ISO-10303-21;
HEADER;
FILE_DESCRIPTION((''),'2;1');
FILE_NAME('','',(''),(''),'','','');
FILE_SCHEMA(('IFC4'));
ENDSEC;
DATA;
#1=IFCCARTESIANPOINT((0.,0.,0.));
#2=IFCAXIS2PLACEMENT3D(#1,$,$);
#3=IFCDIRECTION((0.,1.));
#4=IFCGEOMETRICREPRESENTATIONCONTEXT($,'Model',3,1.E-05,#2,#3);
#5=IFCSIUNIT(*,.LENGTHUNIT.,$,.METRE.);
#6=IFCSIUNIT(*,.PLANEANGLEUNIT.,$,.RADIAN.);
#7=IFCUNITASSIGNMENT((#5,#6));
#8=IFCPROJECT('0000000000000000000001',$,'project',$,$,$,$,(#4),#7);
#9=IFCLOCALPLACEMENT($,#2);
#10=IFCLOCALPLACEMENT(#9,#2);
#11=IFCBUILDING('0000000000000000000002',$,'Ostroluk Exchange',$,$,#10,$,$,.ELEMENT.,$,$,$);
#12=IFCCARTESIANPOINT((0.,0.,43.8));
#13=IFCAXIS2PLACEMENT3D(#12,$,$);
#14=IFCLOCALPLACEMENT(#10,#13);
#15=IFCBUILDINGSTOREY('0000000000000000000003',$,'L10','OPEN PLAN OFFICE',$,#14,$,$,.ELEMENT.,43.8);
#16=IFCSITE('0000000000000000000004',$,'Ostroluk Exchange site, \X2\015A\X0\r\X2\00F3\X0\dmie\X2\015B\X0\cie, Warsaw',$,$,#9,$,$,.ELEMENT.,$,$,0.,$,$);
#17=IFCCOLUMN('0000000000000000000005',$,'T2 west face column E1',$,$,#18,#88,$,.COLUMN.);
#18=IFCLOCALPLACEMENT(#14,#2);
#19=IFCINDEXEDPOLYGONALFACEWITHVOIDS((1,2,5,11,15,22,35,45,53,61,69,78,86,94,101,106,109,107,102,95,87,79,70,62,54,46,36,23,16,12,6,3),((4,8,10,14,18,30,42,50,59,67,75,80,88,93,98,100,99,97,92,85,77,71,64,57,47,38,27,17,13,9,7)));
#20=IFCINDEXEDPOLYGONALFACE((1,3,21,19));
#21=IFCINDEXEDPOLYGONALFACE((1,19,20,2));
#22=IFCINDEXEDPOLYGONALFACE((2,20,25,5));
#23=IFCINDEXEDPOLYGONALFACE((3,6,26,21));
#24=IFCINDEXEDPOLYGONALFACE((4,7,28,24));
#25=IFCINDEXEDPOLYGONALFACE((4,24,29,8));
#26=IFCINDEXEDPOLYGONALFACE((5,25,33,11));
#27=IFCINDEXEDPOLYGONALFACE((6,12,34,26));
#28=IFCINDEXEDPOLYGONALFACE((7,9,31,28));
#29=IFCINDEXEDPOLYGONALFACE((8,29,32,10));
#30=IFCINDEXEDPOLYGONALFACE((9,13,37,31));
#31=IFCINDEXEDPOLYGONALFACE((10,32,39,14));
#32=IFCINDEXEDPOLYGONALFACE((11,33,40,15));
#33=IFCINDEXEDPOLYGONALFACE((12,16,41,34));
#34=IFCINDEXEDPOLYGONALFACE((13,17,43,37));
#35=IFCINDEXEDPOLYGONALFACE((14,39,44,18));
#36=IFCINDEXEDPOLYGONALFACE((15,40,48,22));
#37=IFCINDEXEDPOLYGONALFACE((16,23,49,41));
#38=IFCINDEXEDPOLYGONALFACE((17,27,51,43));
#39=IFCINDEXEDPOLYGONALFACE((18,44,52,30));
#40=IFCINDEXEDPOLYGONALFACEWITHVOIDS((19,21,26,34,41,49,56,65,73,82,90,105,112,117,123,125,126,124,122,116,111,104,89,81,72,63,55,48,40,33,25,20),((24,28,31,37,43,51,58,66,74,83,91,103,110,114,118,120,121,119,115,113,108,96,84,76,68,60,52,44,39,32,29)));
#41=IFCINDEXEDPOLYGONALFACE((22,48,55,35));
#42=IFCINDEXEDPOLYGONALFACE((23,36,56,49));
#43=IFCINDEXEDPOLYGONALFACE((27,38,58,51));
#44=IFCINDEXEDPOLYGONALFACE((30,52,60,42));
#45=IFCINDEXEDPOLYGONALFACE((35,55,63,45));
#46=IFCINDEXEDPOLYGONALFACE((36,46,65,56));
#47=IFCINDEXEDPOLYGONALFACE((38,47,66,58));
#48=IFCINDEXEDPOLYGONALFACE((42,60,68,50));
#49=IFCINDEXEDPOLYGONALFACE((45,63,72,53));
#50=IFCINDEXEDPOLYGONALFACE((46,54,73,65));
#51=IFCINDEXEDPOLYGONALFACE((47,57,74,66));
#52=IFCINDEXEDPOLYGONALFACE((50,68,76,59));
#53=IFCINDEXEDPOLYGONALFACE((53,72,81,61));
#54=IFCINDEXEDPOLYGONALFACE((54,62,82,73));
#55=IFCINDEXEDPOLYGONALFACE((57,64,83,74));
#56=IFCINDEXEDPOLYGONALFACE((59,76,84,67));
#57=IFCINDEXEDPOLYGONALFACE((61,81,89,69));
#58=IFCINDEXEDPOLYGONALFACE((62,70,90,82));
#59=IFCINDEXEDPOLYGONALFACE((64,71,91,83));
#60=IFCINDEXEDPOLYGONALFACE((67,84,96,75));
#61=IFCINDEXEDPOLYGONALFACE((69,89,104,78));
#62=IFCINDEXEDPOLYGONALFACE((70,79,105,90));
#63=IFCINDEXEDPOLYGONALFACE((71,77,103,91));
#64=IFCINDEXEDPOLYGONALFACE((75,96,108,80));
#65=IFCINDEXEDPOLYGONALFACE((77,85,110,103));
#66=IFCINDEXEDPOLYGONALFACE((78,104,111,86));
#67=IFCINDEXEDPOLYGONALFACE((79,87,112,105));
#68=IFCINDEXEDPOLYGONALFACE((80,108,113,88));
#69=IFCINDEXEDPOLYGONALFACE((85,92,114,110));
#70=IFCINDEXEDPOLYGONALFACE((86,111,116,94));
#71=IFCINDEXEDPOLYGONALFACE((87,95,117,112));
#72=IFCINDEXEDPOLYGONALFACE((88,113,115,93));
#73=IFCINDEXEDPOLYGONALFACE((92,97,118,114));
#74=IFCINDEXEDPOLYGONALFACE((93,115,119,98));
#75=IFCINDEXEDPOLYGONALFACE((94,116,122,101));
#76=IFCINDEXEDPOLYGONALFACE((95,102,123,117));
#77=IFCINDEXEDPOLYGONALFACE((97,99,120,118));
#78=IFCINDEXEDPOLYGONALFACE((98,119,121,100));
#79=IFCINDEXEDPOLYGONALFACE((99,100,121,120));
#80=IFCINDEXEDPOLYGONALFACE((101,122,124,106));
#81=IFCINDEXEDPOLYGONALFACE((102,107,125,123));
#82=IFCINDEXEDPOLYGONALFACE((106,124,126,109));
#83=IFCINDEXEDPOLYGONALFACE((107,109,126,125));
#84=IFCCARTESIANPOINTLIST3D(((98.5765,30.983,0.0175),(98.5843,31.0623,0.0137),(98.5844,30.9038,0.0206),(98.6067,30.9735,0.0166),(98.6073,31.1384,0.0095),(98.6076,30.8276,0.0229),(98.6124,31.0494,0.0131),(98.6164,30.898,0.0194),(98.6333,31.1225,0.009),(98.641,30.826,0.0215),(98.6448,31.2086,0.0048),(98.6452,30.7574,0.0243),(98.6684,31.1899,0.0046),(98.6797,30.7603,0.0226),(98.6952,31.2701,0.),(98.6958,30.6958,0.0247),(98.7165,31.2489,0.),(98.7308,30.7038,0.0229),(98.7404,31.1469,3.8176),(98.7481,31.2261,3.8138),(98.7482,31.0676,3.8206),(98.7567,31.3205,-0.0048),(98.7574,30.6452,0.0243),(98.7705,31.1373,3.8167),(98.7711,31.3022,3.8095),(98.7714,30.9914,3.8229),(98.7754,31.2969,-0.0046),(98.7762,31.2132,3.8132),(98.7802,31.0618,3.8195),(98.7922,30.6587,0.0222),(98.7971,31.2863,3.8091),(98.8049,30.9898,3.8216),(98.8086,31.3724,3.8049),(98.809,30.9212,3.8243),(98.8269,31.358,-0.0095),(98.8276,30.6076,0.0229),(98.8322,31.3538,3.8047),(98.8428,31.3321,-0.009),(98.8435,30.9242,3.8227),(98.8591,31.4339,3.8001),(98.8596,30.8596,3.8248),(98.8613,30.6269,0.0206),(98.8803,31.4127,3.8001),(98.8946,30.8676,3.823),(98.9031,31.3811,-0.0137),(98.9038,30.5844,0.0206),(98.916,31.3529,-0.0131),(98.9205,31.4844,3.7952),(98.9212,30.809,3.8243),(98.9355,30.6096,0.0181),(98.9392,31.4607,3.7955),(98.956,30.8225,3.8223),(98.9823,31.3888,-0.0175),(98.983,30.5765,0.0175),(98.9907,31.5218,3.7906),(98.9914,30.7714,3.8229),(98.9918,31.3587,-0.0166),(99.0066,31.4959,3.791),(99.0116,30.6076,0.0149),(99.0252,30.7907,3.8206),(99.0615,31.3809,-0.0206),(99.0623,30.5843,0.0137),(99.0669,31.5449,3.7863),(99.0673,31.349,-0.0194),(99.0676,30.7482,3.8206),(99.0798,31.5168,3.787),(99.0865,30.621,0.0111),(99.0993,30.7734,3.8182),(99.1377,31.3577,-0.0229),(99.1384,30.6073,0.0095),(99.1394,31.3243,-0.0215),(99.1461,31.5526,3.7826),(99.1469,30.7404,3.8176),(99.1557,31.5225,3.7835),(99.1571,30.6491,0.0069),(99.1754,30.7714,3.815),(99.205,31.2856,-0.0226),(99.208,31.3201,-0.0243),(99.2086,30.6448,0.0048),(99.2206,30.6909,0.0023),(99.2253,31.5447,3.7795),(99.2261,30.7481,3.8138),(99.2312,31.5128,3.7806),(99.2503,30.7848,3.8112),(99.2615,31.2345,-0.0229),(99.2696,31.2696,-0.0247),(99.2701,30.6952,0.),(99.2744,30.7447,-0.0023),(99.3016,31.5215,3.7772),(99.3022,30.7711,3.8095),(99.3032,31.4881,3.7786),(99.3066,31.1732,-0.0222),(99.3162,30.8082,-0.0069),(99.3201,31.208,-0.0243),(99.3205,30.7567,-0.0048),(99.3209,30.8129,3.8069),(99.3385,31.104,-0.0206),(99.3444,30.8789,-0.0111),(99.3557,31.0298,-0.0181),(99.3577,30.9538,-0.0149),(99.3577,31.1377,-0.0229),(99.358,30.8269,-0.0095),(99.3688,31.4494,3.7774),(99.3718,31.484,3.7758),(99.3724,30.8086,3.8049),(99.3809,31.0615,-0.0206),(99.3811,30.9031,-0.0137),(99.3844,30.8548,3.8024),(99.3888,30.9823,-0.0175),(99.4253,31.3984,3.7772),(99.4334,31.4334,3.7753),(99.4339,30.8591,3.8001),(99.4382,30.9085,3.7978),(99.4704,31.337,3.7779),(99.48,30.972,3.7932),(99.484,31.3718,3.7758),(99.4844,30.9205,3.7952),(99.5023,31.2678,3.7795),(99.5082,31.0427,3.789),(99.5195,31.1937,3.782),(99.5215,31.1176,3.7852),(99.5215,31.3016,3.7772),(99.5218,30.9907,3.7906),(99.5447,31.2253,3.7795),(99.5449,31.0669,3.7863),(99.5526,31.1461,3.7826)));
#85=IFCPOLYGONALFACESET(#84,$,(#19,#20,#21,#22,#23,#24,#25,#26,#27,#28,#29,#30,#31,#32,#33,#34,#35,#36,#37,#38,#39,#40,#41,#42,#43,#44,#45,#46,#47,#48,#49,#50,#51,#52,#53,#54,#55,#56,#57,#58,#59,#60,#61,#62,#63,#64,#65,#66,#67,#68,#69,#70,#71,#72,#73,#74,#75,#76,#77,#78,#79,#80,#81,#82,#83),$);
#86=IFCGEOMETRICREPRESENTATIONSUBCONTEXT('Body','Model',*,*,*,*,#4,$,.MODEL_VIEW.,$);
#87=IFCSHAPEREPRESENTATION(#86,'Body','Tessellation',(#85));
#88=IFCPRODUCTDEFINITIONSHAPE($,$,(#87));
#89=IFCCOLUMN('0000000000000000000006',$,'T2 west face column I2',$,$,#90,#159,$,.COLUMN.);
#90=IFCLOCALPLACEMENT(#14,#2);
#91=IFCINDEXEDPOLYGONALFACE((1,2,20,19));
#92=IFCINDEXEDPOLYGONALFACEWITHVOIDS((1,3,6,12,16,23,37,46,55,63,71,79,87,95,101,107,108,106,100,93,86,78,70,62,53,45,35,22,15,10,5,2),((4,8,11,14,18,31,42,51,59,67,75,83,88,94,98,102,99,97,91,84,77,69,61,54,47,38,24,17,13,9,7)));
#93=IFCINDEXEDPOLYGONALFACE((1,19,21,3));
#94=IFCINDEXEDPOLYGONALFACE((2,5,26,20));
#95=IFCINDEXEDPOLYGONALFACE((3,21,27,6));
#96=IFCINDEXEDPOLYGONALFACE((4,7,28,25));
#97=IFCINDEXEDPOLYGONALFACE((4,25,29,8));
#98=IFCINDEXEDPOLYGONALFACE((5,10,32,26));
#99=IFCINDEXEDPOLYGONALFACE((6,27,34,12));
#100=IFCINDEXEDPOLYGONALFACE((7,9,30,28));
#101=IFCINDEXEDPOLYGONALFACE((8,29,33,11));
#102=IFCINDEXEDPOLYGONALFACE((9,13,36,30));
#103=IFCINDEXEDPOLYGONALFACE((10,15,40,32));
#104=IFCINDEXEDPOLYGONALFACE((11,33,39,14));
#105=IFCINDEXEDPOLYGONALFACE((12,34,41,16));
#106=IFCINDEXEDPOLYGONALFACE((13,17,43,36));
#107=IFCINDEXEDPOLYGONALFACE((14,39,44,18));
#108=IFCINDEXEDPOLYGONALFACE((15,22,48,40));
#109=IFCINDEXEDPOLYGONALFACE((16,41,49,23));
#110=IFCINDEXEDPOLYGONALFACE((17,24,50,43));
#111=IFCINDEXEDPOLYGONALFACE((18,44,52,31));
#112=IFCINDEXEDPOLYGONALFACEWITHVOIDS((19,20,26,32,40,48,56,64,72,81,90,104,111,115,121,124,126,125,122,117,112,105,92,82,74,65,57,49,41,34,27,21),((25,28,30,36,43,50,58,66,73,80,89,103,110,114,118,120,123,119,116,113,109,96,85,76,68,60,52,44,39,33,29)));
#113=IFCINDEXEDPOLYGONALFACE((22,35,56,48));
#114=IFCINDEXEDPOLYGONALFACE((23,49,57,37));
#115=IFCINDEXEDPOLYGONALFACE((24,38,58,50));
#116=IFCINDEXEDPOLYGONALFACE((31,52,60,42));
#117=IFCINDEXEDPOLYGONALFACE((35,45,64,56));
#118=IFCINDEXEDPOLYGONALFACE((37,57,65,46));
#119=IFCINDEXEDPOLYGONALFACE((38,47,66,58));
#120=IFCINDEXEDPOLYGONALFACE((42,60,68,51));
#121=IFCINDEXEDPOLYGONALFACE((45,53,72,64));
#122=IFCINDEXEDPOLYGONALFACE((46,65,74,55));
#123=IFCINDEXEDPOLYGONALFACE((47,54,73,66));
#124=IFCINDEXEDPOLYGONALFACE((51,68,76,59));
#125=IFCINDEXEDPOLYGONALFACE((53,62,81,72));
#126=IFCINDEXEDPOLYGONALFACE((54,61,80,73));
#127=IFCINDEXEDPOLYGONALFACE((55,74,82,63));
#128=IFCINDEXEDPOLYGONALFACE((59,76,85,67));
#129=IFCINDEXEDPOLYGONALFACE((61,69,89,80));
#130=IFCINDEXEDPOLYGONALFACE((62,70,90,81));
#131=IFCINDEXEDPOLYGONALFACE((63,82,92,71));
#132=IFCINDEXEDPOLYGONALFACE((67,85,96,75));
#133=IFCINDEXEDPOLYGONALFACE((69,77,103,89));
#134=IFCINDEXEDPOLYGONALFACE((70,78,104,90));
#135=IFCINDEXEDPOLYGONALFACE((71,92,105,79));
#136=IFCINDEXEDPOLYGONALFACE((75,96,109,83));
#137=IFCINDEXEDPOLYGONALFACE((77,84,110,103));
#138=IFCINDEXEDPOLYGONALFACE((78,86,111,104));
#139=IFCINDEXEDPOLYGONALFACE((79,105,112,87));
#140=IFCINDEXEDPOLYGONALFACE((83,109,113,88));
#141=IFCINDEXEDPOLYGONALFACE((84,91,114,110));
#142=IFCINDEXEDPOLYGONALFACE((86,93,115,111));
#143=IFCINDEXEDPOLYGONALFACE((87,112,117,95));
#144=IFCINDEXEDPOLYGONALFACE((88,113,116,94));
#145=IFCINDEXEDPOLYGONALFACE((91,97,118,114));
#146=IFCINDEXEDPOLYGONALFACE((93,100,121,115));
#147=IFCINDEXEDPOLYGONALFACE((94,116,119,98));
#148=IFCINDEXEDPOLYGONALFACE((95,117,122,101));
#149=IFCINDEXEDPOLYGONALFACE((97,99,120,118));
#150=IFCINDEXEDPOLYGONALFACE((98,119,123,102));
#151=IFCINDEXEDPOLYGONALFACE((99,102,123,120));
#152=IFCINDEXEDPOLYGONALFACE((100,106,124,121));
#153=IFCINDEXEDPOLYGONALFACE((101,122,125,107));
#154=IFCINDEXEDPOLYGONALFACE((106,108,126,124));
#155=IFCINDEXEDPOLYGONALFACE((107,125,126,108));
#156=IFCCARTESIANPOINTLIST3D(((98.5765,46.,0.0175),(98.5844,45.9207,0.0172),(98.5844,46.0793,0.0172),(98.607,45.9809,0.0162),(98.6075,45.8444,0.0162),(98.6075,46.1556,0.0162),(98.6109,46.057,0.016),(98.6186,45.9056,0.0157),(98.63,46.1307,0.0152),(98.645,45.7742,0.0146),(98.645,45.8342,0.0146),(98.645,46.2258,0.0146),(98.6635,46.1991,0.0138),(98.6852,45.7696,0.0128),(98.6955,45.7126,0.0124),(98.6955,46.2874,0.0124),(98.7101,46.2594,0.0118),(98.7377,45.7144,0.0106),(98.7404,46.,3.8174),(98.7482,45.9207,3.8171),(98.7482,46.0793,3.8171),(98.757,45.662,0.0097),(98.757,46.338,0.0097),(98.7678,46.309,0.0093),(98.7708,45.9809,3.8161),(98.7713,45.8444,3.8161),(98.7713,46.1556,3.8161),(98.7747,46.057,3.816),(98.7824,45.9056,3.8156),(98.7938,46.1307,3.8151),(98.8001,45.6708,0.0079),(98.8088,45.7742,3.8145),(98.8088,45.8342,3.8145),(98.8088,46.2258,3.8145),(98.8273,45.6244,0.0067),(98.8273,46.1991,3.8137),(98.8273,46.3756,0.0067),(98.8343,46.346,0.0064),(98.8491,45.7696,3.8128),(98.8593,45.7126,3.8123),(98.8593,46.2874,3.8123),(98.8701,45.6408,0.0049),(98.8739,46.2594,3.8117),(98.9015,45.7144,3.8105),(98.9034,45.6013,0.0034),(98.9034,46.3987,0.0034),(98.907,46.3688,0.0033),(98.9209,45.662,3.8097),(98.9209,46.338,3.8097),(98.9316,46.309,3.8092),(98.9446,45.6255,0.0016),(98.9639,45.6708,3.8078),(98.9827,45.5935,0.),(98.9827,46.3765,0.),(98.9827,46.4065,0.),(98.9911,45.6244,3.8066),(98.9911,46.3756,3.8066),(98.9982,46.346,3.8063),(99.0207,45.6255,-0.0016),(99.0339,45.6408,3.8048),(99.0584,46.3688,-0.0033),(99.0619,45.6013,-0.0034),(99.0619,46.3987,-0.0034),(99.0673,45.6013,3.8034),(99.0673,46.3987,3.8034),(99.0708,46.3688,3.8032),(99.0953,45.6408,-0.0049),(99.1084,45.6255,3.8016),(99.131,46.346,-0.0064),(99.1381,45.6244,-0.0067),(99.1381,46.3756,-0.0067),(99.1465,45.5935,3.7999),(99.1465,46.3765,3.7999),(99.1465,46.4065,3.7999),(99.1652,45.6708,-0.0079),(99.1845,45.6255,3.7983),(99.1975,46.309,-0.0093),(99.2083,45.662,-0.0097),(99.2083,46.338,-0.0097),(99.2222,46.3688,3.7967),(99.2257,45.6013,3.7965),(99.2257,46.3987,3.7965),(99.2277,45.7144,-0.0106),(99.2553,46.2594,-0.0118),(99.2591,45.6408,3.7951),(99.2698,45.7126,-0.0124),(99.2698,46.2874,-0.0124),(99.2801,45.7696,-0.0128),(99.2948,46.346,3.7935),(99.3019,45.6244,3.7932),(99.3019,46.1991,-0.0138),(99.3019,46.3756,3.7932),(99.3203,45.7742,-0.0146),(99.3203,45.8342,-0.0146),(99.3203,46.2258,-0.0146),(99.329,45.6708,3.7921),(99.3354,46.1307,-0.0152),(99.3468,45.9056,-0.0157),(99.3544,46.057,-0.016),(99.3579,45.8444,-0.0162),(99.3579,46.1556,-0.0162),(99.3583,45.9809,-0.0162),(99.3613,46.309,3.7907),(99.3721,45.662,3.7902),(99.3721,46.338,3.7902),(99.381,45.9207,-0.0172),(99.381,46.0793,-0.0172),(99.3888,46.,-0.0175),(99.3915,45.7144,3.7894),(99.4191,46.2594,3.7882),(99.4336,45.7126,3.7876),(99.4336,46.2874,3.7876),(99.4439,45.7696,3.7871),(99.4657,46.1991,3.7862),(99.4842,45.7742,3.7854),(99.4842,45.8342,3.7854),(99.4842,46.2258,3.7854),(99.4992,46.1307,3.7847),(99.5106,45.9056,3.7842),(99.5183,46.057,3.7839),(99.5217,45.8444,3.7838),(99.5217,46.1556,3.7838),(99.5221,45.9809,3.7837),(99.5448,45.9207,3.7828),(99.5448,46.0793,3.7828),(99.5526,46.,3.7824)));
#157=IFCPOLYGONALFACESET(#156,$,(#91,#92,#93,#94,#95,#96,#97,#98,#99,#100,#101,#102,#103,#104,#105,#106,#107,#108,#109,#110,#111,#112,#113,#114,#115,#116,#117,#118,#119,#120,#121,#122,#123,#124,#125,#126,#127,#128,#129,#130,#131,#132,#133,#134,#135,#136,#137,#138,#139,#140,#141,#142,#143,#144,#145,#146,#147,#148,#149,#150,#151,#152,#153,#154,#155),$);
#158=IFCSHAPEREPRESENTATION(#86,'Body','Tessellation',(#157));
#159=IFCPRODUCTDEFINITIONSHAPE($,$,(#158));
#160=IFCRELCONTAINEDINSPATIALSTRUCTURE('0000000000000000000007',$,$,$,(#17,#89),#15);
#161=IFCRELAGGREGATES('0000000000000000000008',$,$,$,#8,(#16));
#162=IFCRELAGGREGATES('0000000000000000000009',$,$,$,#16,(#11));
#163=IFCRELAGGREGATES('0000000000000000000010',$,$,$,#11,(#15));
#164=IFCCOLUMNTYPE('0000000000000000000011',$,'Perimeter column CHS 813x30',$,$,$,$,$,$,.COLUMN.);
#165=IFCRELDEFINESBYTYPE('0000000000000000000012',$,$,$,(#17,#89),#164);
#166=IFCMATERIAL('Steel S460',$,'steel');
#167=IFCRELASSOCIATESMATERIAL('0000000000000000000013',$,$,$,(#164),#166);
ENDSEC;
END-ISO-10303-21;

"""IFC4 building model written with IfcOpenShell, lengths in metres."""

from ifc_helpers import new_model, si_unit, direction, frame, origin, origin_2d, place, context, subcontext, project, spatial, hollow_circle, extrude, material, material_profile, profile_set, type_object, element, save


model = new_model("IFC4")

# Units and contexts
model_context = context("Model", 3, precision=1e-05, world=origin(), true_north=direction((0.0, 1.0)))
body_context = subcontext(model_context, "Body", "Model", "MODEL_VIEW")
ifc_project = project(units=[si_unit("LENGTHUNIT", "METRE"), si_unit("PLANEANGLEUNIT", "RADIAN")], contexts=[model_context])

# Site, building, storey
site_placement = place(None, origin())
site = spatial("IfcSite", under=ifc_project, at=site_placement, Name="Ostroluk Exchange site, Śródmieście, Warsaw", CompositionType="ELEMENT", RefElevation=0.0)
building_placement = place(site_placement, origin())
building = spatial("IfcBuilding", under=site, at=building_placement, Name="Ostroluk Exchange", CompositionType="ELEMENT")
storey_placement = place(building_placement, frame((0.0, 0.0, 43.8)))
storey = spatial("IfcBuildingStorey", under=building, at=storey_placement, Name="L10", Description="OPEN PLAN OFFICE", CompositionType="ELEMENT", Elevation=43.8)

# Columns
ifc_material_1 = material(Name="Steel S460", Category="steel")
ifc_material_profile_1 = material_profile(ifc_material_1, hollow_circle(Radius=0.4065, WallThickness=0.03, at=origin_2d()), Name="CHS 813x30")
ifc_profile_set_1 = profile_set([ifc_material_profile_1], Name="Steel S460")
column_type = type_object("IfcColumnType", Name="Perimeter column CHS 813x30", PredefinedType="COLUMN", material=ifc_profile_set_1)
column_1_placement = place(storey_placement, frame((98.9827, 30.9827, 0.0), z_axis=(0.04303, 0.04303, 0.998147), x_axis=(-0.707107, 0.707107, 0.0)))
element("IfcColumn", 1, at=column_1_placement, inside=storey, type_object=column_type, Name="T2 west face column E1", PredefinedType="COLUMN", context=body_context, shape_type="SweptSolid", body=[
    extrude(hollow_circle(Radius=0.4065, WallThickness=0.03, at=origin_2d()), origin(), (0.0, 0.0, 1.0), 3.8071),
])
column_2_placement = place(storey_placement, frame((98.9827, 46.0, 0.0), z_axis=(0.04307, 0.0, 0.999072), x_axis=(0.0, 1.0, 0.0)))
element("IfcColumn", 2, at=column_2_placement, inside=storey, type_object=column_type, Name="T2 west face column I2", PredefinedType="COLUMN", context=body_context, shape_type="SweptSolid", body=[
    extrude(hollow_circle(Radius=0.4065, WallThickness=0.03, at=origin_2d()), origin(), (0.0, 0.0, 1.0), 3.8035),
])

save(model, "model.ifc")
